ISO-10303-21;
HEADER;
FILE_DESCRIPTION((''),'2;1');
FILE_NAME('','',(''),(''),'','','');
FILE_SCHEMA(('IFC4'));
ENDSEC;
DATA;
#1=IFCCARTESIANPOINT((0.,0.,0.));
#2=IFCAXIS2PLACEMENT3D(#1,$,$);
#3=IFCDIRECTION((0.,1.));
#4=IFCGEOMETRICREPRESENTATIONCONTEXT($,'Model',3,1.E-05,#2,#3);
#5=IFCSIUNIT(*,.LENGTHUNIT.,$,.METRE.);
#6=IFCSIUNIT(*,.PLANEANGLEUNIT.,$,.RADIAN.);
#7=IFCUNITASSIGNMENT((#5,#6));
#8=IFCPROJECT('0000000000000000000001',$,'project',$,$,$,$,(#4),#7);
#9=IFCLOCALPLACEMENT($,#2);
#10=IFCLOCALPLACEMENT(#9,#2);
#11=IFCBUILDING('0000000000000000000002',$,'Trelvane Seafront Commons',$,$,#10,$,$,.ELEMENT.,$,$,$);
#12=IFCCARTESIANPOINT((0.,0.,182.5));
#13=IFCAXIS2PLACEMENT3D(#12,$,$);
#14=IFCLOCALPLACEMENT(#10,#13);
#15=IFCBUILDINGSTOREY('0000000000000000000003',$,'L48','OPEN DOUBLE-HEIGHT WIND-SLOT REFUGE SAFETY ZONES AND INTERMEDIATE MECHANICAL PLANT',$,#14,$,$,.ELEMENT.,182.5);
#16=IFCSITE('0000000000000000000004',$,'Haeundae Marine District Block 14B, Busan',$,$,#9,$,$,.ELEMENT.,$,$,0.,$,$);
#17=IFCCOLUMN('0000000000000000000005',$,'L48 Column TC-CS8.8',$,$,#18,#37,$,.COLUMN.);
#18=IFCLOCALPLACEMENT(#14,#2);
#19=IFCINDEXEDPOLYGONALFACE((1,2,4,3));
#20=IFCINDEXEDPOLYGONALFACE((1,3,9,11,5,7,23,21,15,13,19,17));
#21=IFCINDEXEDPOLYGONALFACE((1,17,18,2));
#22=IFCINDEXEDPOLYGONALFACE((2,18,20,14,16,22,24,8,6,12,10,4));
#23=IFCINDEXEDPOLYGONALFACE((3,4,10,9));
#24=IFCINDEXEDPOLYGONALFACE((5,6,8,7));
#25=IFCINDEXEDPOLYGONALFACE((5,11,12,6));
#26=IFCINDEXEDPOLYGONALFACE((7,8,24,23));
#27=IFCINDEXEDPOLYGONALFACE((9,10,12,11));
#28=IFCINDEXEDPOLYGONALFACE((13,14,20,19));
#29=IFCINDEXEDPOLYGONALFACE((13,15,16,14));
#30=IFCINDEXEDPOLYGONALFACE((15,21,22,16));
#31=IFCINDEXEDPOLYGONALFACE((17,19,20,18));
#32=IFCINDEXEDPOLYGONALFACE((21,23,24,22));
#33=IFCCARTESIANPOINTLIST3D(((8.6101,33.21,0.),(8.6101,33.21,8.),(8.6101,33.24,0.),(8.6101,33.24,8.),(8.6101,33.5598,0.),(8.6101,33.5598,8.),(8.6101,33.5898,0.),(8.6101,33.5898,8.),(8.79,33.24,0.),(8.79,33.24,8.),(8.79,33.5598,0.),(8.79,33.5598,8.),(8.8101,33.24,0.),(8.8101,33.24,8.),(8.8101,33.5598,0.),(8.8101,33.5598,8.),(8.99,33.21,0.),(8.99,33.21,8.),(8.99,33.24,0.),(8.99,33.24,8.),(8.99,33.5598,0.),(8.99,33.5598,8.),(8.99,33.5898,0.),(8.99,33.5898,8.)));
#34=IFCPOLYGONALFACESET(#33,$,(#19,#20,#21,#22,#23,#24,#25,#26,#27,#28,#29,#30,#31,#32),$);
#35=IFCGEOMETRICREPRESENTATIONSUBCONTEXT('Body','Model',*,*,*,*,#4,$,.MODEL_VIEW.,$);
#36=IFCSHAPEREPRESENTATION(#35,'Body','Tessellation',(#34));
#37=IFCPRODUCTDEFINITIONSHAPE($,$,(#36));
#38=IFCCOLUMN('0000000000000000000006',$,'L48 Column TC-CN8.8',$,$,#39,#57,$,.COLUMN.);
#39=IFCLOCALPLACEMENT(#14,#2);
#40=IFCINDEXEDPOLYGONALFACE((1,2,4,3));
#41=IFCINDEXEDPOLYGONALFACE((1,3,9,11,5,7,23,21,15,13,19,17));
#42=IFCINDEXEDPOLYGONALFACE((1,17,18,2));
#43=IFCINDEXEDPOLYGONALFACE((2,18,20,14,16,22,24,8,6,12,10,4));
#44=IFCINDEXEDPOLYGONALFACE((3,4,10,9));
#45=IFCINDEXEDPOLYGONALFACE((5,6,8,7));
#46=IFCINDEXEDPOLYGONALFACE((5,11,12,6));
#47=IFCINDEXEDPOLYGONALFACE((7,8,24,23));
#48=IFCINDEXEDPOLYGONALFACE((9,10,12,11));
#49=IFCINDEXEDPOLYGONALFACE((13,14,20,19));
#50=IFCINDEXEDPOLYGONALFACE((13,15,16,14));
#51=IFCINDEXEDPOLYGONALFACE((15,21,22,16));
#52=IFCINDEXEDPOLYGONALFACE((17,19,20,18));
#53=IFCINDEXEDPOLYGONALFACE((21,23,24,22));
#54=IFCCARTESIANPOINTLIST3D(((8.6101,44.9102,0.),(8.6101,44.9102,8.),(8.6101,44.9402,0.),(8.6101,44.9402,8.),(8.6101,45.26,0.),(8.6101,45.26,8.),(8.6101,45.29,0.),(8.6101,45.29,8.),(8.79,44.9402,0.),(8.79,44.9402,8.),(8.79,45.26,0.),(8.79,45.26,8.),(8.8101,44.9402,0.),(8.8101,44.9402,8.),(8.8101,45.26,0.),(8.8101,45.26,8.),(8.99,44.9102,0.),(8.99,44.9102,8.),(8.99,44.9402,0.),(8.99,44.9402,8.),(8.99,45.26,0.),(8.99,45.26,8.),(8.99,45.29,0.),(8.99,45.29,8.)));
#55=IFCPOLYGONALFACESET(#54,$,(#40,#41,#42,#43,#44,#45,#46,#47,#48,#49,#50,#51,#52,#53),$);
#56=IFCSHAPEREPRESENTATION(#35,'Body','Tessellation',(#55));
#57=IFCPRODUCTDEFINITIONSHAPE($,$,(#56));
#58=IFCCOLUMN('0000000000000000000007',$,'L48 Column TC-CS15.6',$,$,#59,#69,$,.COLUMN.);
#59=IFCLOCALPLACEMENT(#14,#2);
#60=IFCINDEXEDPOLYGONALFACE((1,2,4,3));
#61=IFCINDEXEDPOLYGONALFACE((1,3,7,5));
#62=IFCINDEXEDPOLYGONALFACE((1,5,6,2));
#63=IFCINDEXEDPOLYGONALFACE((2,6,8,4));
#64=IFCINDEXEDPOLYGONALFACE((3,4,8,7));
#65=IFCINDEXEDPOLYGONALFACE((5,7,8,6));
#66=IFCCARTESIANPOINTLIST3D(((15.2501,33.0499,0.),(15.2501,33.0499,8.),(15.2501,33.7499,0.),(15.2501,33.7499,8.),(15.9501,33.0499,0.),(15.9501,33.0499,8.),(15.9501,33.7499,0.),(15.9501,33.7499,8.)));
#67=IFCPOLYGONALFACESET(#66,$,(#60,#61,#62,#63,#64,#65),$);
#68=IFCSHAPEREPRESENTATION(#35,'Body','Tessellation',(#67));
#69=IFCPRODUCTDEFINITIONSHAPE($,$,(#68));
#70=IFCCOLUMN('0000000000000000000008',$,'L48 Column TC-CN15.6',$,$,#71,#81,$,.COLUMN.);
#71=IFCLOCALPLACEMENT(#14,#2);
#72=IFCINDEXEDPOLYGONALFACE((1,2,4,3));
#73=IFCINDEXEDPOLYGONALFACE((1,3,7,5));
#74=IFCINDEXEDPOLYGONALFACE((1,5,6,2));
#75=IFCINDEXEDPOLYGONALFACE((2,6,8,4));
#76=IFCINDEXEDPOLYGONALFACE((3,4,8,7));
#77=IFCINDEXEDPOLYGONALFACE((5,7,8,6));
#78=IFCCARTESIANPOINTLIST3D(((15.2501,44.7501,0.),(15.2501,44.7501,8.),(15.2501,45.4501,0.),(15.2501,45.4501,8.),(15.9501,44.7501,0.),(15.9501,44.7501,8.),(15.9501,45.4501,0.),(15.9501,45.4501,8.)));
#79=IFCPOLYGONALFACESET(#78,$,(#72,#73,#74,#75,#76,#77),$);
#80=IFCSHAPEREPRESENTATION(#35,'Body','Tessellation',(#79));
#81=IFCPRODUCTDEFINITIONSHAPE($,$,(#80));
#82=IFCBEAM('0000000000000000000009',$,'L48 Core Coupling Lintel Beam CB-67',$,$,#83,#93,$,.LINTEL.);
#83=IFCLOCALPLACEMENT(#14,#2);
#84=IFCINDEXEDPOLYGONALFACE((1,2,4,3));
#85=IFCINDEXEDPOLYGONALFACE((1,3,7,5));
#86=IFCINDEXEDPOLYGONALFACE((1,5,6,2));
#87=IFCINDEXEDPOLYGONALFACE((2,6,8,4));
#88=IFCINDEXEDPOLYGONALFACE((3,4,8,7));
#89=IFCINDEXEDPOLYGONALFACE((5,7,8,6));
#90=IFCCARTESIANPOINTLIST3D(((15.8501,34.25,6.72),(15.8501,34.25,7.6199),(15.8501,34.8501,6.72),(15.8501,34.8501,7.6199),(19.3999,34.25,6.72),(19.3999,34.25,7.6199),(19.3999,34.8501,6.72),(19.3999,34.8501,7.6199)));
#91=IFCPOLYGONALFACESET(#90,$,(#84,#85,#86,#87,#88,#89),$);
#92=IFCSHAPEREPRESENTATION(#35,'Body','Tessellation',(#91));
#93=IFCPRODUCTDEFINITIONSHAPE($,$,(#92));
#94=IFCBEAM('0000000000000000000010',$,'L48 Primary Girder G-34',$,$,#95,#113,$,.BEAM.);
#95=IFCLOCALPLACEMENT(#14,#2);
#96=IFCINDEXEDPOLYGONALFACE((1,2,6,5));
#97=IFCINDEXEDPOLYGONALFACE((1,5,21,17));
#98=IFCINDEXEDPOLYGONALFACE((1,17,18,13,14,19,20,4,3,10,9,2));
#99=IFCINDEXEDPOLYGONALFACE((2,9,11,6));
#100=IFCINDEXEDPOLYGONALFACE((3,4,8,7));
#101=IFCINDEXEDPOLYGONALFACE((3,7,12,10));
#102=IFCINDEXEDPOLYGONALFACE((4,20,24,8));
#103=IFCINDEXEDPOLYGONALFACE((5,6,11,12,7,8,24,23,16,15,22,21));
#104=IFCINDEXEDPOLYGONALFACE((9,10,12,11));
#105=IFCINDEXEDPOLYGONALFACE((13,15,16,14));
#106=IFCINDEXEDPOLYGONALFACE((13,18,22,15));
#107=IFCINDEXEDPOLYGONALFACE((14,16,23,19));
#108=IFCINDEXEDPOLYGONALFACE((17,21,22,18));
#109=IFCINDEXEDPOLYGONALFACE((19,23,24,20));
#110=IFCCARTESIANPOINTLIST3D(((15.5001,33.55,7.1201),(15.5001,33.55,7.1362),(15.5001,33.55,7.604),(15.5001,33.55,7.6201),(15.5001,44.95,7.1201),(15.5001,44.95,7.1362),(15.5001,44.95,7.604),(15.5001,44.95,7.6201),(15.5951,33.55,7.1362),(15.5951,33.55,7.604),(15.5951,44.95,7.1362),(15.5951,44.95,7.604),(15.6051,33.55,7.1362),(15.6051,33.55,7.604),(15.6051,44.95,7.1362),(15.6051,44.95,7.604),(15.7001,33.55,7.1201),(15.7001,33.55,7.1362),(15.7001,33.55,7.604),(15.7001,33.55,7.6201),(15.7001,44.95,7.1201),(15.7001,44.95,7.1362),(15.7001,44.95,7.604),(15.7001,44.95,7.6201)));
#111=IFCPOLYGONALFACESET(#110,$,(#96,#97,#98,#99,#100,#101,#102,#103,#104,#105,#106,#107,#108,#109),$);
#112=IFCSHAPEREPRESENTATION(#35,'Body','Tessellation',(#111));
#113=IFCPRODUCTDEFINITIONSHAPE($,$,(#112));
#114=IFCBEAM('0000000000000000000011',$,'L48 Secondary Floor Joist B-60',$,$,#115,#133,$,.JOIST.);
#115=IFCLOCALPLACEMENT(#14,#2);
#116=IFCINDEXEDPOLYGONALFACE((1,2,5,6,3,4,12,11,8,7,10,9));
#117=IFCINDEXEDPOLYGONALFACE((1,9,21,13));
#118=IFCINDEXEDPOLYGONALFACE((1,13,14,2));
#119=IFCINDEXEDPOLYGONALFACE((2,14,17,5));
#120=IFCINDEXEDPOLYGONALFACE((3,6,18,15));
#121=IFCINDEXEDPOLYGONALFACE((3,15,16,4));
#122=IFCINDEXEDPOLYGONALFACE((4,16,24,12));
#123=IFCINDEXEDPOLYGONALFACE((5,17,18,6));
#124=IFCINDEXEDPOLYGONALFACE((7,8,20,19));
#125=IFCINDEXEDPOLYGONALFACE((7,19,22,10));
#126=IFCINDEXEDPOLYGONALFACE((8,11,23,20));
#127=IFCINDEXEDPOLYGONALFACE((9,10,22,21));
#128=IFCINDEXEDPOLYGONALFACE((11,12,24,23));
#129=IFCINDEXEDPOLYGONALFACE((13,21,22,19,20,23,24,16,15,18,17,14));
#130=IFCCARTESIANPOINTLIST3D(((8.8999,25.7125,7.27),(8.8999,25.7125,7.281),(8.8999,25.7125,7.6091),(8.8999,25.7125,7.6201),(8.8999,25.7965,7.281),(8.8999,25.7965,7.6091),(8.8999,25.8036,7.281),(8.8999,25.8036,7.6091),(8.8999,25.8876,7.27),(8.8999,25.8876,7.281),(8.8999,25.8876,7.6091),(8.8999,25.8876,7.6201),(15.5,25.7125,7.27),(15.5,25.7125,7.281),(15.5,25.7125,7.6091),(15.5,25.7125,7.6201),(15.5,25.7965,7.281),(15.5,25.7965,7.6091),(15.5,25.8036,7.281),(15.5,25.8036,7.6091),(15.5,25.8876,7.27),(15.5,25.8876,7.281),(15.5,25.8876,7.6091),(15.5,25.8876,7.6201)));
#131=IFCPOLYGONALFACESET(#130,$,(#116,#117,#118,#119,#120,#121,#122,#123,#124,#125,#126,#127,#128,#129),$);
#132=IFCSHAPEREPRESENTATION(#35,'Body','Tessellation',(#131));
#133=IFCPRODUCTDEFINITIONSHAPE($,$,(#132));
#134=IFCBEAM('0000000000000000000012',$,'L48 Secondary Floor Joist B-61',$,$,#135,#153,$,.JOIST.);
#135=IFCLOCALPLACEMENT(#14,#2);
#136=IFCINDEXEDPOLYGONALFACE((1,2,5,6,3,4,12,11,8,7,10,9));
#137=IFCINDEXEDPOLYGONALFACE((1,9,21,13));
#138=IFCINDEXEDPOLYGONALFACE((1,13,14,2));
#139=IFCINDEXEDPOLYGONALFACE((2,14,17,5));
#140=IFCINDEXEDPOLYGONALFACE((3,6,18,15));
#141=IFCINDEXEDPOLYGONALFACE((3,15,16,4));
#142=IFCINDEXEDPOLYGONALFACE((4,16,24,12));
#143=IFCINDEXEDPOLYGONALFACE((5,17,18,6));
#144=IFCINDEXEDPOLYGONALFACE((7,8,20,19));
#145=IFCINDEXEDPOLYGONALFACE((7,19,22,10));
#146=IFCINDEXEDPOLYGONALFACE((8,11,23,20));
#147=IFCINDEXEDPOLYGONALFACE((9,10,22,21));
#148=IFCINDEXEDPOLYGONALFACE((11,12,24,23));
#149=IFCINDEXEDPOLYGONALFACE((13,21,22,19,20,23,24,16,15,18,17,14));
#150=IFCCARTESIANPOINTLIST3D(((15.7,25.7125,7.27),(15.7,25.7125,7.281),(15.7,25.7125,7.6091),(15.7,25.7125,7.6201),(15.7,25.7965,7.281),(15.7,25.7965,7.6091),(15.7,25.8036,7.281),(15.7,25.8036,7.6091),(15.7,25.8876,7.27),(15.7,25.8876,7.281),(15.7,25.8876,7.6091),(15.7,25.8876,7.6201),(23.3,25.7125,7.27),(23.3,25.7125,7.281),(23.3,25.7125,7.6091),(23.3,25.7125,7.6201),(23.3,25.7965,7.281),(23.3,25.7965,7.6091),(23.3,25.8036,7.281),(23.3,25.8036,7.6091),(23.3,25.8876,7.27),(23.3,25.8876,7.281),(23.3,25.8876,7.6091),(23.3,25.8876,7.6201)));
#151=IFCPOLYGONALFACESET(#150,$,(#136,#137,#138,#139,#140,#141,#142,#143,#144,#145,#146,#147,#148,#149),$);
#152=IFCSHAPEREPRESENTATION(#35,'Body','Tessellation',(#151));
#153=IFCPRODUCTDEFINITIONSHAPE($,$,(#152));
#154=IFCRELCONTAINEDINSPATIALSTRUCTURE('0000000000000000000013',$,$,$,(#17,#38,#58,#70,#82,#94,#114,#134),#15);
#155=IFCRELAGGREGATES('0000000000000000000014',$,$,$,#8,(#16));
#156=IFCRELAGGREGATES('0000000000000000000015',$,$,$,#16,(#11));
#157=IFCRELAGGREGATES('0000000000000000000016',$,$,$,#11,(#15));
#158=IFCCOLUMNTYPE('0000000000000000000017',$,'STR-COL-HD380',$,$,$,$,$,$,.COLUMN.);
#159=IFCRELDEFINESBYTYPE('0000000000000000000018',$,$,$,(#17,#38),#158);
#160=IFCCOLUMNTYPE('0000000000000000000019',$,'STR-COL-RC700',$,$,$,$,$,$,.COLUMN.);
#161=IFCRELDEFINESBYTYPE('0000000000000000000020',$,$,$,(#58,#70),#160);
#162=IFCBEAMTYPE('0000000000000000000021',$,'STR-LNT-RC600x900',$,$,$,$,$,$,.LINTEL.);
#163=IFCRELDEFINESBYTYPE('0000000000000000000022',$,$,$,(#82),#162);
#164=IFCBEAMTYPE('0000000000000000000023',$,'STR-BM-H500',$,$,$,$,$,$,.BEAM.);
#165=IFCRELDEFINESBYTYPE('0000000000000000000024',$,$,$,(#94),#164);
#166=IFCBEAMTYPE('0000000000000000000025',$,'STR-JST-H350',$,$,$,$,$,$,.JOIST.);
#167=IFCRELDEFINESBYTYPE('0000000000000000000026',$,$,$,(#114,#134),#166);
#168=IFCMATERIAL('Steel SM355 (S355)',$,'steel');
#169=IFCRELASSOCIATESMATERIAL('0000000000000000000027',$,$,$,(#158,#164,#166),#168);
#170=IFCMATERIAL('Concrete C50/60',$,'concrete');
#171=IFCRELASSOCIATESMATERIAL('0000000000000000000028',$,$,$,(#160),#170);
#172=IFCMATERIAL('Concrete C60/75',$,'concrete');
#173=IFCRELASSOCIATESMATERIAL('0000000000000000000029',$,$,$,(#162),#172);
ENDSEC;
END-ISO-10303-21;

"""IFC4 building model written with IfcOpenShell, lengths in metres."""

from ifc_helpers import new_model, si_unit, direction, frame, origin, origin_2d, place, context, subcontext, project, spatial, rectangle, i_section, extrude, source, transform, mapped, material, material_profile, profile_set, type_object, element, save


model = new_model("IFC4")

# Units and contexts
model_context = context("Model", 3, precision=1e-05, world=origin(), true_north=direction((0.0, 1.0)))
body_context = subcontext(model_context, "Body", "Model", "MODEL_VIEW")
ifc_project = project(units=[si_unit("LENGTHUNIT", "METRE"), si_unit("PLANEANGLEUNIT", "RADIAN")], contexts=[model_context])

# Site, building, storey
site_placement = place(None, origin())
site = spatial("IfcSite", under=ifc_project, at=site_placement, Name="Haeundae Marine District Block 14B, Busan", CompositionType="ELEMENT", RefElevation=0.0)
building_placement = place(site_placement, origin())
building = spatial("IfcBuilding", under=site, at=building_placement, Name="Trelvane Seafront Commons", CompositionType="ELEMENT")
storey_placement = place(building_placement, frame((0.0, 0.0, 182.5)))
storey = spatial("IfcBuildingStorey", under=building, at=storey_placement, Name="L48", Description="OPEN DOUBLE-HEIGHT WIND-SLOT REFUGE SAFETY ZONES AND INTERMEDIATE MECHANICAL PLANT", CompositionType="ELEMENT", Elevation=182.5)

# Columns
ifc_material_1 = material(Name="Steel SM355 (S355)", Category="steel")
ifc_material_profile_1 = material_profile(ifc_material_1, i_section(OverallWidth=0.3799, OverallDepth=0.3799, WebThickness=0.02, FlangeThickness=0.03, at=origin_2d()), Name="HD-380x380x20x30")
ifc_profile_set_1 = profile_set([ifc_material_profile_1], Name="Steel SM355 (S355)")
column_type_1 = type_object("IfcColumnType", Name="STR-COL-HD380", PredefinedType="COLUMN", material=ifc_profile_set_1)
shared_shape_1 = source(origin(), body_context, "Body", "SweptSolid", [
    extrude(i_section(OverallWidth=0.3799, OverallDepth=0.3799, WebThickness=0.02, FlangeThickness=0.03, at=origin_2d()), origin(), (0.0, 0.0, 1.0), 8.0),
])
for number, where, z_axis, x_axis, name in (
    (1, (8.8, 33.3999, 0.0), (0.0, 0.0, 1.0), (1.0, 0.0, 0.0), "L48 Column TC-CS8.8"),
    (2, (8.8, 45.1001, 0.0), (0.0, 0.0, 1.0), (1.0, 0.0, 0.0), "L48 Column TC-CN8.8"),
):
    element("IfcColumn", number, at=place(storey_placement, frame(where, z_axis=z_axis, x_axis=x_axis)), inside=storey, type_object=column_type_1, Name=name, PredefinedType="COLUMN", context=body_context, shape_type="MappedRepresentation", body=[
        mapped(shared_shape_1, transform((0.0, 0.0, 0.0), x_axis=(1.0, 0.0, 0.0), y_axis=(0.0, 1.0, 0.0), z_axis=(0.0, 0.0, 1.0), scale=1.0)),
    ])
ifc_material_2 = material(Name="Concrete C50/60", Category="concrete")
ifc_material_profile_2 = material_profile(ifc_material_2, rectangle(XDim=0.7, YDim=0.7, at=origin_2d()), Name="RC-700x700")
ifc_profile_set_2 = profile_set([ifc_material_profile_2], Name="Concrete C50/60")
column_type_2 = type_object("IfcColumnType", Name="STR-COL-RC700", PredefinedType="COLUMN", material=ifc_profile_set_2)
shared_shape_2 = source(origin(), body_context, "Body", "SweptSolid", [
    extrude(rectangle(XDim=0.7, YDim=0.7, at=origin_2d()), origin(), (0.0, 0.0, 1.0), 8.0),
])
for number, where, z_axis, x_axis, name in (
    (3, (15.6001, 33.3999, 0.0), (0.0, 0.0, 1.0), (1.0, 0.0, 0.0), "L48 Column TC-CS15.6"),
    (4, (15.6001, 45.1001, 0.0), (0.0, 0.0, 1.0), (1.0, 0.0, 0.0), "L48 Column TC-CN15.6"),
):
    element("IfcColumn", number, at=place(storey_placement, frame(where, z_axis=z_axis, x_axis=x_axis)), inside=storey, type_object=column_type_2, Name=name, PredefinedType="COLUMN", context=body_context, shape_type="MappedRepresentation", body=[
        mapped(shared_shape_2, transform((0.0, 0.0, 0.0), x_axis=(1.0, 0.0, 0.0), y_axis=(0.0, 1.0, 0.0), z_axis=(0.0, 0.0, 1.0), scale=1.0)),
    ])

# Beams
ifc_material_3 = material(Name="Concrete C60/75", Category="concrete")
ifc_material_profile_3 = material_profile(ifc_material_3, rectangle(XDim=0.6001, YDim=0.8999, at=origin_2d()), Name="RC-600x900")
ifc_profile_set_3 = profile_set([ifc_material_profile_3], Name="Concrete C60/75")
beam_type_1 = type_object("IfcBeamType", Name="STR-LNT-RC600x900", PredefinedType="LINTEL", material=ifc_profile_set_3)
shared_shape_3 = source(origin(), body_context, "Body", "SweptSolid", [
    extrude(rectangle(XDim=0.6001, YDim=0.8999, at=origin_2d()), origin(), (0.0, 0.0, 1.0), 3.5498),
])
beam_1_placement = place(storey_placement, frame((15.8501, 34.55, 7.1699), z_axis=(1.0, 0.0, 0.0), x_axis=(0.0, 1.0, 0.0)))
element("IfcBeam", 5, at=beam_1_placement, inside=storey, type_object=beam_type_1, Name="L48 Core Coupling Lintel Beam CB-67", PredefinedType="LINTEL", context=body_context, shape_type="MappedRepresentation", body=[
    mapped(shared_shape_3, transform((0.0, 0.0, 0.0), x_axis=(1.0, 0.0, 0.0), y_axis=(0.0, 1.0, 0.0), z_axis=(0.0, 0.0, 1.0), scale=1.0)),
])
ifc_material_profile_4 = material_profile(ifc_material_1, i_section(OverallWidth=0.2, OverallDepth=0.5, WebThickness=0.01, FlangeThickness=0.0161, at=origin_2d()), Name="H-500x200x10x16")
ifc_profile_set_4 = profile_set([ifc_material_profile_4], Name="Steel SM355 (S355)")
beam_type_2 = type_object("IfcBeamType", Name="STR-BM-H500", PredefinedType="BEAM", material=ifc_profile_set_4)
shared_shape_4 = source(origin(), body_context, "Body", "SweptSolid", [
    extrude(i_section(OverallWidth=0.2, OverallDepth=0.5, WebThickness=0.01, FlangeThickness=0.0161, at=origin_2d()), origin(), (0.0, 0.0, 1.0), 11.3999),
])
beam_2_placement = place(storey_placement, frame((15.6001, 33.55, 7.3701), z_axis=(0.0, 1.0, 0.0), x_axis=(-1.0, 0.0, 0.0)))
element("IfcBeam", 6, at=beam_2_placement, inside=storey, type_object=beam_type_2, Name="L48 Primary Girder G-34", PredefinedType="BEAM", context=body_context, shape_type="MappedRepresentation", body=[
    mapped(shared_shape_4, transform((0.0, 0.0, 0.0), x_axis=(1.0, 0.0, 0.0), y_axis=(0.0, 1.0, 0.0), z_axis=(0.0, 0.0, 1.0), scale=1.0)),
])
ifc_material_profile_5 = material_profile(ifc_material_1, i_section(OverallWidth=0.175, OverallDepth=0.3501, WebThickness=0.0071, FlangeThickness=0.011, at=origin_2d()), Name="H-350x175x7x11")
ifc_profile_set_5 = profile_set([ifc_material_profile_5], Name="Steel SM355 (S355)")
beam_type_3 = type_object("IfcBeamType", Name="STR-JST-H350", PredefinedType="JOIST", material=ifc_profile_set_5)
shared_shape_5 = source(origin(), body_context, "Body", "SweptSolid", [
    extrude(i_section(OverallWidth=0.175, OverallDepth=0.3501, WebThickness=0.0071, FlangeThickness=0.011, at=origin_2d()), origin(), (0.0, 0.0, 1.0), 6.6001),
])
beam_3_placement = place(storey_placement, frame((8.8999, 25.8, 7.4451), z_axis=(1.0, 0.0, 0.0), x_axis=(0.0, 1.0, 0.0)))
element("IfcBeam", 7, at=beam_3_placement, inside=storey, type_object=beam_type_3, Name="L48 Secondary Floor Joist B-60", PredefinedType="JOIST", context=body_context, shape_type="MappedRepresentation", body=[
    mapped(shared_shape_5, transform((0.0, 0.0, 0.0), x_axis=(1.0, 0.0, 0.0), y_axis=(0.0, 1.0, 0.0), z_axis=(0.0, 0.0, 1.0), scale=1.0)),
])
shared_shape_6 = source(origin(), body_context, "Body", "SweptSolid", [
    extrude(i_section(OverallWidth=0.175, OverallDepth=0.3501, WebThickness=0.0071, FlangeThickness=0.011, at=origin_2d()), origin(), (0.0, 0.0, 1.0), 7.6001),
])
beam_4_placement = place(storey_placement, frame((15.7, 25.8, 7.4451), z_axis=(1.0, 0.0, 0.0), x_axis=(0.0, 1.0, 0.0)))
element("IfcBeam", 8, at=beam_4_placement, inside=storey, type_object=beam_type_3, Name="L48 Secondary Floor Joist B-61", PredefinedType="JOIST", context=body_context, shape_type="MappedRepresentation", body=[
    mapped(shared_shape_6, transform((0.0, 0.0, 0.0), x_axis=(1.0, 0.0, 0.0), y_axis=(0.0, 1.0, 0.0), z_axis=(0.0, 0.0, 1.0), scale=1.0)),
])

save(model, "model.ifc")
